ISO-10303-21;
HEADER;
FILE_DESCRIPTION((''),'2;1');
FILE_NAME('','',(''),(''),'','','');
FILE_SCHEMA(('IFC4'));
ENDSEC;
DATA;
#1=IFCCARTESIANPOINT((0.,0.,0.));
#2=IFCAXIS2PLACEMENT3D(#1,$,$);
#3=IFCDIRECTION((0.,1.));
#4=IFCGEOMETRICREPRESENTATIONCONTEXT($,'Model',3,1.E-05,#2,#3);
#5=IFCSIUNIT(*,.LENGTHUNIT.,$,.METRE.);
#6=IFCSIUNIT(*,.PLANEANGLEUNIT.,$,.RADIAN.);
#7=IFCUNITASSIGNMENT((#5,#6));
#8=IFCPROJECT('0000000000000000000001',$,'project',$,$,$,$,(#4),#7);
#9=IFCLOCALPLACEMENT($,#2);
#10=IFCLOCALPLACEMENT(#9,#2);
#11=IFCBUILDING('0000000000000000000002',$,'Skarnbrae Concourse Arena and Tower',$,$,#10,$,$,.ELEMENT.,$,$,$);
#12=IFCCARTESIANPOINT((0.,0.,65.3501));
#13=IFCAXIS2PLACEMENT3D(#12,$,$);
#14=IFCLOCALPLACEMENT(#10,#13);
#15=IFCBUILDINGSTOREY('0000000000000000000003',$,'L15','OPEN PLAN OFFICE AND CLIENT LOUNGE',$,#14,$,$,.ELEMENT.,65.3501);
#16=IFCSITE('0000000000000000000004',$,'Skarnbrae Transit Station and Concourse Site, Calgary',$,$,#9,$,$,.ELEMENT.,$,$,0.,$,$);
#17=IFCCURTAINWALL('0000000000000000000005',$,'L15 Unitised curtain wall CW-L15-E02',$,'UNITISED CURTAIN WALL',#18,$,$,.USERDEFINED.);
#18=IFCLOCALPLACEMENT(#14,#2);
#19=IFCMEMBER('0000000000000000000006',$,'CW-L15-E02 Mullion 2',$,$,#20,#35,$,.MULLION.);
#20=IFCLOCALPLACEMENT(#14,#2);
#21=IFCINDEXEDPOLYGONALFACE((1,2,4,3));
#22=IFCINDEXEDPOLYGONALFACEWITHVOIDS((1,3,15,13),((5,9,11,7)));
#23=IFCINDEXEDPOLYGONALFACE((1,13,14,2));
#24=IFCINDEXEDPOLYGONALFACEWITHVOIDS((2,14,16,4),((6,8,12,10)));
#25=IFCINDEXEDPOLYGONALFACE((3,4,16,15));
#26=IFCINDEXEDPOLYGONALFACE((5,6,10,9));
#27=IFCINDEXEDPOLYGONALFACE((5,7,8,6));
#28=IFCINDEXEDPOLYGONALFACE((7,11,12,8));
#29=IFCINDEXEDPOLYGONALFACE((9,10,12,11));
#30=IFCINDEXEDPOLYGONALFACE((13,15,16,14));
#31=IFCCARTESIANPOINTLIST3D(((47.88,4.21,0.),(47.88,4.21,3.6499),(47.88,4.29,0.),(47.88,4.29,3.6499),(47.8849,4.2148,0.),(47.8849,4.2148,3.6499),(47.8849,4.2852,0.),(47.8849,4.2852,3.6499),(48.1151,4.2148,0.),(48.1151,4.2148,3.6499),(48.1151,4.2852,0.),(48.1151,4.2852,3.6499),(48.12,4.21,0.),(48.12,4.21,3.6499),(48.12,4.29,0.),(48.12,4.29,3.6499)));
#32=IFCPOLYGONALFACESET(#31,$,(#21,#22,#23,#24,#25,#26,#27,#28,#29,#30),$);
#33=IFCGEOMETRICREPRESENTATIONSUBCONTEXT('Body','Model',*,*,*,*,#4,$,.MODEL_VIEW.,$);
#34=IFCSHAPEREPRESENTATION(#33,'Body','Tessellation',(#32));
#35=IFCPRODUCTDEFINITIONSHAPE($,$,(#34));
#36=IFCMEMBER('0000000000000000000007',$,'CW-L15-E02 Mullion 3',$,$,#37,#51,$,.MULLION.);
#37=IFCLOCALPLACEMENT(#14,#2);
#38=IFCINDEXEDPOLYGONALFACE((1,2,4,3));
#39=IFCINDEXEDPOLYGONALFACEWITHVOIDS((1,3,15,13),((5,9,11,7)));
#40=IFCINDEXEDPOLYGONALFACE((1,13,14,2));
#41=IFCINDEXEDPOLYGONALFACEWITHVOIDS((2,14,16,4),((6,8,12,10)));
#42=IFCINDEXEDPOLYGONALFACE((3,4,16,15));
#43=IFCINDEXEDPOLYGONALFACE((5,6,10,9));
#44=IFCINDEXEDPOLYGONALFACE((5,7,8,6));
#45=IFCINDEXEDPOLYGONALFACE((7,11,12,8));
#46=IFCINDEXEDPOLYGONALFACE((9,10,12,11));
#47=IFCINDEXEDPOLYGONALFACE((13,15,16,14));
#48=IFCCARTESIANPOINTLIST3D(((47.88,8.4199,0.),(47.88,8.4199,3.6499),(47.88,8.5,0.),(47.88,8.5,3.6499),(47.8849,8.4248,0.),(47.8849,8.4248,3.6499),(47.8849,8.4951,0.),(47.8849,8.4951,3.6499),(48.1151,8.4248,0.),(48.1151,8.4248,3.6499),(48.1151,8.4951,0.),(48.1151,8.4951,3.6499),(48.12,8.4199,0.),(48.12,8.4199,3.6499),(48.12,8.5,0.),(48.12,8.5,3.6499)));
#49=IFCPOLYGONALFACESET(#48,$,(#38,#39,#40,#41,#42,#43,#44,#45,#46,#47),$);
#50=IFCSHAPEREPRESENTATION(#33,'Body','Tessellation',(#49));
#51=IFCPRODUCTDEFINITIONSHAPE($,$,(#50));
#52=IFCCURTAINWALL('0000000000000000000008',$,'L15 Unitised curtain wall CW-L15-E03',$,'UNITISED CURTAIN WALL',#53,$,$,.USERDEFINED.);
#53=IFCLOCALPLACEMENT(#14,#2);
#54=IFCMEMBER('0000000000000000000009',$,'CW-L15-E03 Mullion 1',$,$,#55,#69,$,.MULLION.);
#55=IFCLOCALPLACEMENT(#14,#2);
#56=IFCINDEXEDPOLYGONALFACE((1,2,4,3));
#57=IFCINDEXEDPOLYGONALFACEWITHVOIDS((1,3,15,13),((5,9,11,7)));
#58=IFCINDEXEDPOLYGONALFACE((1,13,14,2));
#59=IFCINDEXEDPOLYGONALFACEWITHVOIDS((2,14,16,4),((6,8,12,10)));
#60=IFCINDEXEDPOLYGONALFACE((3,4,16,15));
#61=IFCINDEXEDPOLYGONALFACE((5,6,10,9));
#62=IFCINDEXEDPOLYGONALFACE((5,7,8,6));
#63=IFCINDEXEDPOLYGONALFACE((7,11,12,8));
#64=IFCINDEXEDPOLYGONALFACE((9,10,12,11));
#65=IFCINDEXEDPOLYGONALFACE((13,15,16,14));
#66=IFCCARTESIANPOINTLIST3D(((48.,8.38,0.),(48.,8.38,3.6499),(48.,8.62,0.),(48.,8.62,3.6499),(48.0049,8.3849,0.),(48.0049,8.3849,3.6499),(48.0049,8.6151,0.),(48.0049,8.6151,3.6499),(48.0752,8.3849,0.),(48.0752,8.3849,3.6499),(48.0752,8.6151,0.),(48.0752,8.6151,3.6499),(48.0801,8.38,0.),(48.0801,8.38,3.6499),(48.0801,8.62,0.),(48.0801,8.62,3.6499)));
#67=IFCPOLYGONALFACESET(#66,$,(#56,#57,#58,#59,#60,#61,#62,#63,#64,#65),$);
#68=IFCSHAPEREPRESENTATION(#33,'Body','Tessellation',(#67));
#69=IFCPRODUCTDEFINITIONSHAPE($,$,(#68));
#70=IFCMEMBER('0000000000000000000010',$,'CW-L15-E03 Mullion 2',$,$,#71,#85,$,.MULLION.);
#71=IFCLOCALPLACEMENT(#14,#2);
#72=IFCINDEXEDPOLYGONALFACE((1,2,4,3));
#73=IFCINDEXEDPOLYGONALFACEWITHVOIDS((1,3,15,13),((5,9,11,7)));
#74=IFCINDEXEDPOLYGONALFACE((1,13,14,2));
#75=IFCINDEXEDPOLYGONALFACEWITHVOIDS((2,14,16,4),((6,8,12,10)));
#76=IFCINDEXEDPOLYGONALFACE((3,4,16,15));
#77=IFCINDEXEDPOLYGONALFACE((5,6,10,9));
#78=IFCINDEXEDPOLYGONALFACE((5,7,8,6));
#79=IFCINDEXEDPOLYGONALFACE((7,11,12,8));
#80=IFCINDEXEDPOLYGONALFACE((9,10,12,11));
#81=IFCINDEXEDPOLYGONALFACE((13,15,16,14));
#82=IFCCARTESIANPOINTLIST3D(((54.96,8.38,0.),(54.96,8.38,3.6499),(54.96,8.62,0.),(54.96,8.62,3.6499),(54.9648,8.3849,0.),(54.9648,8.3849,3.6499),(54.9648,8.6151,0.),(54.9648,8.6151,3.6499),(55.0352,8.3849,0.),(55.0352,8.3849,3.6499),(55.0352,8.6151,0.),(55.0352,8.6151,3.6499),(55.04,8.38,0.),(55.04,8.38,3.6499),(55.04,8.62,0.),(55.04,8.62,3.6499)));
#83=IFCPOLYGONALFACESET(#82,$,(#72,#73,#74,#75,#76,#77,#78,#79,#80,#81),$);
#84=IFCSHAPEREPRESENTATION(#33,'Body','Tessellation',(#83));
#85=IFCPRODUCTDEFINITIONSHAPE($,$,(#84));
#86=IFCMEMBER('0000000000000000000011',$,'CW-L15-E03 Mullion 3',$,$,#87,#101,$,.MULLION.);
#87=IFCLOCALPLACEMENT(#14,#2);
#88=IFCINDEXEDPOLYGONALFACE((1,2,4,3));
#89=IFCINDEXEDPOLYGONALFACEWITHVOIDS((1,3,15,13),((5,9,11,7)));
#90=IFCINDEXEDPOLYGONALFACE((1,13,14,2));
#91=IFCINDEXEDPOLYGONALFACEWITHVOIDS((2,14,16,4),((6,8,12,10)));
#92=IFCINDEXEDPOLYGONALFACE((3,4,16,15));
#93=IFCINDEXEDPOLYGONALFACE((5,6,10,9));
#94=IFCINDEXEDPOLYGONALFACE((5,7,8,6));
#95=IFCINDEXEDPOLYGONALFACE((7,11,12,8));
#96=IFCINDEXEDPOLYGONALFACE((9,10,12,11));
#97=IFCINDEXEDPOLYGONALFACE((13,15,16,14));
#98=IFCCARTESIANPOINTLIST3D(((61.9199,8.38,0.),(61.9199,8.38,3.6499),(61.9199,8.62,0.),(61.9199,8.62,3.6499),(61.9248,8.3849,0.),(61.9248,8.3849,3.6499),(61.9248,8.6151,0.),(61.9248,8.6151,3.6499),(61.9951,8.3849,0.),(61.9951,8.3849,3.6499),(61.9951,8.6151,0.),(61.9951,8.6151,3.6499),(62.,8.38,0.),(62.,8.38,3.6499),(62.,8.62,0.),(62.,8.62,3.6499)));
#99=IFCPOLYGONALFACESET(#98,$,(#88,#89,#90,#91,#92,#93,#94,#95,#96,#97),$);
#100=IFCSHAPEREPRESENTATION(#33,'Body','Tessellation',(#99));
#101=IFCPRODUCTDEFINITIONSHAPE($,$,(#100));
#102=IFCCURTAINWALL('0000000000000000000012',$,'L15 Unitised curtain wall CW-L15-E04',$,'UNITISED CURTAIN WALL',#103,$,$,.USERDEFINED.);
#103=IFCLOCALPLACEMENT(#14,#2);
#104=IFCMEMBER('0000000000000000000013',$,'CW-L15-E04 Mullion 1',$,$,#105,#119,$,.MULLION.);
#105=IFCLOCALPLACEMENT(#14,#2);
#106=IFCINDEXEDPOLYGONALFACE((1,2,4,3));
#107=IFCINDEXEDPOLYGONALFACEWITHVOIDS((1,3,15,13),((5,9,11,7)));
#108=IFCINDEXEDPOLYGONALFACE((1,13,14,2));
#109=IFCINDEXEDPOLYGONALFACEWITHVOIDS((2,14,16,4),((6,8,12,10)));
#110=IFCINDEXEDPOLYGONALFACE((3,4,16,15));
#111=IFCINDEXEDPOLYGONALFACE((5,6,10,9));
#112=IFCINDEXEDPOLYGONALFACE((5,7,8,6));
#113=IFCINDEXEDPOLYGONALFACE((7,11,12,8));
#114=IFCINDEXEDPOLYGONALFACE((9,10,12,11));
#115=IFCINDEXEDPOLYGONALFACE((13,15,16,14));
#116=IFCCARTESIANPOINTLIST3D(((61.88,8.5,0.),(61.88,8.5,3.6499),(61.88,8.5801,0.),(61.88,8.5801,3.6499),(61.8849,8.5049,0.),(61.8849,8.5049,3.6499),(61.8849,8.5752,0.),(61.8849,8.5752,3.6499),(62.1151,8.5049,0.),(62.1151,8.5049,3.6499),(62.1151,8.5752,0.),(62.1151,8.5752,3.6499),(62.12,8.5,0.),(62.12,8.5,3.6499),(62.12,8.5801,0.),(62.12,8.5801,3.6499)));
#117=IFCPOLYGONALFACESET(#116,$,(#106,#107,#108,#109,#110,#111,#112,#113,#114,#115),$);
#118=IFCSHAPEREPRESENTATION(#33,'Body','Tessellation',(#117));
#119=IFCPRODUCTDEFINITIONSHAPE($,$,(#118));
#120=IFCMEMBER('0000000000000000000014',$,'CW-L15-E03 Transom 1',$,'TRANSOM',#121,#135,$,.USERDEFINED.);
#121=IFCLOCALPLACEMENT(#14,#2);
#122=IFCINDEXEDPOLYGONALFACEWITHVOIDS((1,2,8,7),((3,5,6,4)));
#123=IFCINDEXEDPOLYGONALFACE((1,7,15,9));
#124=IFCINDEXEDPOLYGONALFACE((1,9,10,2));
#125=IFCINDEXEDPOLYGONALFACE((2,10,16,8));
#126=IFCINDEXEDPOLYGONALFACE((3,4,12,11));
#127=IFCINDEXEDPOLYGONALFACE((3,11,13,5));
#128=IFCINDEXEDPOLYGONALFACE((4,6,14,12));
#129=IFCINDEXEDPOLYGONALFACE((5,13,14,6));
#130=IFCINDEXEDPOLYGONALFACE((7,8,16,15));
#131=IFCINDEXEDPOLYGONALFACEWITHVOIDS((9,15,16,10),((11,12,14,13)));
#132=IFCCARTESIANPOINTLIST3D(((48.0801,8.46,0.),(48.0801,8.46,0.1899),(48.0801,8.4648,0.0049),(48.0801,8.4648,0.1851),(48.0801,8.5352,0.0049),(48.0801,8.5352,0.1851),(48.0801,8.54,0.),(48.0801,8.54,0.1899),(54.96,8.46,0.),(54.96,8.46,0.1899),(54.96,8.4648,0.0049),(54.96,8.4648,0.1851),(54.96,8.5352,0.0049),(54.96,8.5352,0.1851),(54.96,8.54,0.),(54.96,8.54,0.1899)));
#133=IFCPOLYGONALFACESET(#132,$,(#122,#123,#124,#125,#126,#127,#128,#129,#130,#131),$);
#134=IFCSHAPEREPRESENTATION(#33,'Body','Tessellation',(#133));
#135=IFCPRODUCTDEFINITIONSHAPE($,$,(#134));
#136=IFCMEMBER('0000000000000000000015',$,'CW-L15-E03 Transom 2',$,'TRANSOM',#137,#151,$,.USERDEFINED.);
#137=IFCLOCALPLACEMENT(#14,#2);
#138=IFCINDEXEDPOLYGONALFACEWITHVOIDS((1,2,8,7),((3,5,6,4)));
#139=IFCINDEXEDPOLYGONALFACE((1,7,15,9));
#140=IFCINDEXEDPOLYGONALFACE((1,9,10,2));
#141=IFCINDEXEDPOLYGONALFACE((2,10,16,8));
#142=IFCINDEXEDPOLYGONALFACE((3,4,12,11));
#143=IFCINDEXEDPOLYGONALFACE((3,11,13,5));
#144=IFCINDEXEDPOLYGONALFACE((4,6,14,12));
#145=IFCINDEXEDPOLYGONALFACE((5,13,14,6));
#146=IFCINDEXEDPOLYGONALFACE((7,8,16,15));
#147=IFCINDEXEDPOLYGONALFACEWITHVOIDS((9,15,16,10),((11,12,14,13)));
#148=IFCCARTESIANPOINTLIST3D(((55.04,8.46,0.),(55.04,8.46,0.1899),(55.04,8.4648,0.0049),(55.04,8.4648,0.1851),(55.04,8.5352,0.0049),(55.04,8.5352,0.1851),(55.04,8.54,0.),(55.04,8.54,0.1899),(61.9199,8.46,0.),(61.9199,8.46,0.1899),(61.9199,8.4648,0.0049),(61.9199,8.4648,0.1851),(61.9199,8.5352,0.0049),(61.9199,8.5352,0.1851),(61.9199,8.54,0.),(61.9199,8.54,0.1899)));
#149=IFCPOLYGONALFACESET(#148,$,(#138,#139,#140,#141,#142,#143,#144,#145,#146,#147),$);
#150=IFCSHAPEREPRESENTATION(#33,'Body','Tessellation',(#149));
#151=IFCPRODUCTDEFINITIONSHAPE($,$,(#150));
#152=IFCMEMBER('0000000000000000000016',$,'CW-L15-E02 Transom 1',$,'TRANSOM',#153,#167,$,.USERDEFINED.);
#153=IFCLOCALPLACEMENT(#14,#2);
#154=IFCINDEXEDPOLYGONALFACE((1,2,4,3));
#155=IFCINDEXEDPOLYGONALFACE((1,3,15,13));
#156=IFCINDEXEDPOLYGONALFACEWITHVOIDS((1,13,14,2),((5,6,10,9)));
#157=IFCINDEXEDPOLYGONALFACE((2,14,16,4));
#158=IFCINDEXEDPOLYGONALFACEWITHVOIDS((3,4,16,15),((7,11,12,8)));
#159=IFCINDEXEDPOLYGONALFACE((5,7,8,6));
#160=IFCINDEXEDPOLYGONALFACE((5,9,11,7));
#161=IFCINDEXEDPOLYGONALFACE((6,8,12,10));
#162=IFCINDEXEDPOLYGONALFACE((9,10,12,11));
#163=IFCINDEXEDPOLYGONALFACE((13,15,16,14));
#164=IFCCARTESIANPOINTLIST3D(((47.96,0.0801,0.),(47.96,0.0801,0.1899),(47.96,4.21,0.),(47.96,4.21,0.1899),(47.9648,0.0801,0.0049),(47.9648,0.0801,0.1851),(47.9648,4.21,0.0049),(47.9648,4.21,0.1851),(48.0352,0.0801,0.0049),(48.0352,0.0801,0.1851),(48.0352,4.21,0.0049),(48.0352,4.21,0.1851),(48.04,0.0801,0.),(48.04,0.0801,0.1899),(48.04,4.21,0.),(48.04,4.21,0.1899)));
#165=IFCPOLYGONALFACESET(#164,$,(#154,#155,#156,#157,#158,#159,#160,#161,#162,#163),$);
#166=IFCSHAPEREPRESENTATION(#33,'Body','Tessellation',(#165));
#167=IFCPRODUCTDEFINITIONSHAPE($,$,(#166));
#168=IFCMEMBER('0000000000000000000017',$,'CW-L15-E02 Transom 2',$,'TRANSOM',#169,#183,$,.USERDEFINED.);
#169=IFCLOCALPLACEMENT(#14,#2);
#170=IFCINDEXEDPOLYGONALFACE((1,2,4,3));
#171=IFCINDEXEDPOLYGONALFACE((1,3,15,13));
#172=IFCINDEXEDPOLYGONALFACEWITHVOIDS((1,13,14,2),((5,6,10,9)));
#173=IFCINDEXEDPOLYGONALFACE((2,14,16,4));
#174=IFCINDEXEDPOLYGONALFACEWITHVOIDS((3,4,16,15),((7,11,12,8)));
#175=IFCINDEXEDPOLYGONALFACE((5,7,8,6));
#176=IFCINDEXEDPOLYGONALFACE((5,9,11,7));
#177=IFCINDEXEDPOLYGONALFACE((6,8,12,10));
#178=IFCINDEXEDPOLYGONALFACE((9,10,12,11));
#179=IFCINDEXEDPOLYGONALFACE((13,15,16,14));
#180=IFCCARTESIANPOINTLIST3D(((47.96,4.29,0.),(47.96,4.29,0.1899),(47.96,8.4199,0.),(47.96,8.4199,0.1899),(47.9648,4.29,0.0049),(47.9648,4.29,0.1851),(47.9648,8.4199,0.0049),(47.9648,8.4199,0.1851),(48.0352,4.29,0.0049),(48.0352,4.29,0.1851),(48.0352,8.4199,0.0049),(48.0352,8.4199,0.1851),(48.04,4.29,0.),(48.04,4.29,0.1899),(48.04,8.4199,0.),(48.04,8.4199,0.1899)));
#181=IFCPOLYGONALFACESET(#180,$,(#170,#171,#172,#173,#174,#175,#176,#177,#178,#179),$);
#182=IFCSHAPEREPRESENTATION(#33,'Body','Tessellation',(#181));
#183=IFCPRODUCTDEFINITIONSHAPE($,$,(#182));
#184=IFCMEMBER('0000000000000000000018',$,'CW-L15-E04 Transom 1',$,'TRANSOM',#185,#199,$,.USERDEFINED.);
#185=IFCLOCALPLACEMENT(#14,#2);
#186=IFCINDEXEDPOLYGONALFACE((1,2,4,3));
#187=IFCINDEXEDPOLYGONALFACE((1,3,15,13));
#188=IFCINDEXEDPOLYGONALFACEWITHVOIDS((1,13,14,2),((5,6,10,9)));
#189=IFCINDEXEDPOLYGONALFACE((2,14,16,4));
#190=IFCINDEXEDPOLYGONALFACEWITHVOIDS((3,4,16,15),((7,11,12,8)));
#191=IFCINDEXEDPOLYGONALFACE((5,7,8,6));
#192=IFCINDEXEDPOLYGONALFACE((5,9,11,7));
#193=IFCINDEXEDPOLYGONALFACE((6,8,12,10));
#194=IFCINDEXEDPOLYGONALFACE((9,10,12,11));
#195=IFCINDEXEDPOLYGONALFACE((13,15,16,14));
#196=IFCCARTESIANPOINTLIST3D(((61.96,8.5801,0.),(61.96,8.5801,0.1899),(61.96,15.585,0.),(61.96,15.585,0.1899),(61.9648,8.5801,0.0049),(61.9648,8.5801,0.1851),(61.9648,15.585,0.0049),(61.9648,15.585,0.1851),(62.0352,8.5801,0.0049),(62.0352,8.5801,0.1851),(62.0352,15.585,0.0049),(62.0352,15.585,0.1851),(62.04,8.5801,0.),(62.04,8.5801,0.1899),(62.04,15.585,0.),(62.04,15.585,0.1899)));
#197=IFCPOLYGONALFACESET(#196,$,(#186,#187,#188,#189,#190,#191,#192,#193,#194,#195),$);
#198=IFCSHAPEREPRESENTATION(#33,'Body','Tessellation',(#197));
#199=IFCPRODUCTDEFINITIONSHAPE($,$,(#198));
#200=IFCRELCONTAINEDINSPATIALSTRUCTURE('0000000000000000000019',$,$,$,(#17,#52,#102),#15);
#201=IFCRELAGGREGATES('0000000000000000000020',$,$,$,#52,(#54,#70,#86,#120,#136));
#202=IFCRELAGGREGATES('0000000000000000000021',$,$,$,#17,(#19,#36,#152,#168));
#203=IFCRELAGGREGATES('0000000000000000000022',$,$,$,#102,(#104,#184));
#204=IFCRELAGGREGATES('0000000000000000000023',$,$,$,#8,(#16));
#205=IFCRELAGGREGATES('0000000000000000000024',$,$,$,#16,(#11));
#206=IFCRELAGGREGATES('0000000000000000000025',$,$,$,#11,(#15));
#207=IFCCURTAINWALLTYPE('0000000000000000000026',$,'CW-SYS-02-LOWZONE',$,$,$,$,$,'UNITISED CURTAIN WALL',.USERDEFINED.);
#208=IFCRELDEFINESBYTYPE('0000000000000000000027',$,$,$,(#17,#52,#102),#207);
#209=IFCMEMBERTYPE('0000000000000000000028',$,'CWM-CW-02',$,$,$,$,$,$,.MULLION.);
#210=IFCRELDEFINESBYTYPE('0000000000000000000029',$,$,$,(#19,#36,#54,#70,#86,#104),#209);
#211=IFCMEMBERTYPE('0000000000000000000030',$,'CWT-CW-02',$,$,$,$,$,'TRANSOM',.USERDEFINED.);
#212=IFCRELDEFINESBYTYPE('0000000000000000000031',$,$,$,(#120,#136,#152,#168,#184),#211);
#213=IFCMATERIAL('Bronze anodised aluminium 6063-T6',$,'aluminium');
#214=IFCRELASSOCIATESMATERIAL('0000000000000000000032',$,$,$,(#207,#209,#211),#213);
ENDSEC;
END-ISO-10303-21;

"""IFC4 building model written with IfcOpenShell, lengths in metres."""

from ifc_helpers import new_model, si_unit, direction, frame, origin, origin_2d, place, context, subcontext, project, spatial, hollow_rectangle, extrude, source, transform, mapped, material, material_profile, profile_set, type_object, element, aggregate, save


model = new_model("IFC4")

# Units and contexts
model_context = context("Model", 3, precision=1e-05, world=origin(), true_north=direction((0.0, 1.0)))
body_context = subcontext(model_context, "Body", "Model", "MODEL_VIEW")
ifc_project = project(units=[si_unit("LENGTHUNIT", "METRE"), si_unit("PLANEANGLEUNIT", "RADIAN")], contexts=[model_context])

# Site, building, storey
site_placement = place(None, origin())
site = spatial("IfcSite", under=ifc_project, at=site_placement, Name="Skarnbrae Transit Station and Concourse Site, Calgary", CompositionType="ELEMENT", RefElevation=0.0)
building_placement = place(site_placement, origin())
building = spatial("IfcBuilding", under=site, at=building_placement, Name="Skarnbrae Concourse Arena and Tower", CompositionType="ELEMENT")
storey_placement = place(building_placement, frame((0.0, 0.0, 65.3501)))
storey = spatial("IfcBuildingStorey", under=building, at=storey_placement, Name="L15", Description="OPEN PLAN OFFICE AND CLIENT LOUNGE", CompositionType="ELEMENT", Elevation=65.3501)

# Shared definitions
ifc_material_1 = material(Name="Bronze anodised aluminium 6063-T6", Category="aluminium")
curtain_wall_type = type_object("IfcCurtainWallType", Name="CW-SYS-02-LOWZONE", ElementType="UNITISED CURTAIN WALL", PredefinedType="USERDEFINED", material=ifc_material_1)
ifc_material_profile_1 = material_profile(ifc_material_1, hollow_rectangle(XDim=0.0801, YDim=0.24, WallThickness=0.0049, at=origin_2d()), Name="ALU-MULL-80X240")
ifc_profile_set_1 = profile_set([ifc_material_profile_1], Name="Bronze anodised aluminium 6063-T6")
member_type_1 = type_object("IfcMemberType", Name="CWM-CW-02", PredefinedType="MULLION", material=ifc_profile_set_1)
shared_shape_1 = source(origin(), body_context, "Body", "SweptSolid", [
    extrude(hollow_rectangle(XDim=0.0801, YDim=0.24, WallThickness=0.0049, at=origin_2d()), origin(), (0.0, 0.0, 1.0), 3.6499),
])

# Curtain walls, members
curtain_wall_1_placement = place(storey_placement, origin())
curtain_wall_1 = element("IfcCurtainWall", 1, at=curtain_wall_1_placement, inside=storey, type_object=curtain_wall_type, Name="L15 Unitised curtain wall CW-L15-E02", ObjectType="UNITISED CURTAIN WALL", PredefinedType="USERDEFINED")
member_1_placement = place(storey_placement, frame((48.0, 4.25, 0.0), z_axis=(0.0, 0.0, 1.0), x_axis=(0.0, 1.0, 0.0)))
member_1 = element("IfcMember", 2, at=member_1_placement, type_object=member_type_1, Name="CW-L15-E02 Mullion 2", PredefinedType="MULLION", context=body_context, shape_type="MappedRepresentation", body=[
    mapped(shared_shape_1, transform((0.0, 0.0, 0.0))),
])
member_2_placement = place(storey_placement, frame((48.0, 8.46, 0.0), z_axis=(0.0, 0.0, 1.0), x_axis=(0.0, 1.0, 0.0)))
member_2 = element("IfcMember", 3, at=member_2_placement, type_object=member_type_1, Name="CW-L15-E02 Mullion 3", PredefinedType="MULLION", context=body_context, shape_type="MappedRepresentation", body=[
    mapped(shared_shape_1, transform((0.0, 0.0, 0.0))),
])
curtain_wall_2_placement = place(storey_placement, origin())
curtain_wall_2 = element("IfcCurtainWall", 4, at=curtain_wall_2_placement, inside=storey, type_object=curtain_wall_type, Name="L15 Unitised curtain wall CW-L15-E03", ObjectType="UNITISED CURTAIN WALL", PredefinedType="USERDEFINED")
member_3_placement = place(storey_placement, frame((48.04, 8.5, 0.0), z_axis=(0.0, 0.0, 1.0), x_axis=(1.0, 0.0, 0.0)))
member_3 = element("IfcMember", 5, at=member_3_placement, type_object=member_type_1, Name="CW-L15-E03 Mullion 1", PredefinedType="MULLION", context=body_context, shape_type="MappedRepresentation", body=[
    mapped(shared_shape_1, transform((0.0, 0.0, 0.0))),
])
member_4_placement = place(storey_placement, frame((55.0, 8.5, 0.0), z_axis=(0.0, 0.0, 1.0), x_axis=(1.0, 0.0, 0.0)))
member_4 = element("IfcMember", 6, at=member_4_placement, type_object=member_type_1, Name="CW-L15-E03 Mullion 2", PredefinedType="MULLION", context=body_context, shape_type="MappedRepresentation", body=[
    mapped(shared_shape_1, transform((0.0, 0.0, 0.0))),
])
member_5_placement = place(storey_placement, frame((61.96, 8.5, 0.0), z_axis=(0.0, 0.0, 1.0), x_axis=(1.0, 0.0, 0.0)))
member_5 = element("IfcMember", 7, at=member_5_placement, type_object=member_type_1, Name="CW-L15-E03 Mullion 3", PredefinedType="MULLION", context=body_context, shape_type="MappedRepresentation", body=[
    mapped(shared_shape_1, transform((0.0, 0.0, 0.0))),
])

# Curtain wall, member
curtain_wall_3_placement = place(storey_placement, origin())
curtain_wall_3 = element("IfcCurtainWall", 8, at=curtain_wall_3_placement, inside=storey, type_object=curtain_wall_type, Name="L15 Unitised curtain wall CW-L15-E04", ObjectType="UNITISED CURTAIN WALL", PredefinedType="USERDEFINED")
member_6_placement = place(storey_placement, frame((62.0, 8.54, 0.0), z_axis=(0.0, 0.0, 1.0), x_axis=(0.0, 1.0, 0.0)))
member_6 = element("IfcMember", 9, at=member_6_placement, type_object=member_type_1, Name="CW-L15-E04 Mullion 1", PredefinedType="MULLION", context=body_context, shape_type="MappedRepresentation", body=[
    mapped(shared_shape_1, transform((0.0, 0.0, 0.0))),
])

# Members
ifc_material_profile_2 = material_profile(ifc_material_1, hollow_rectangle(XDim=0.0801, YDim=0.1899, WallThickness=0.0049, at=origin_2d()), Name="ALU-TRAN-80X190")
ifc_profile_set_2 = profile_set([ifc_material_profile_2], Name="Bronze anodised aluminium 6063-T6")
member_type_2 = type_object("IfcMemberType", Name="CWT-CW-02", ElementType="TRANSOM", PredefinedType="USERDEFINED", material=ifc_profile_set_2)
shared_shape_2 = source(origin(), body_context, "Body", "SweptSolid", [
    extrude(hollow_rectangle(XDim=0.0801, YDim=0.1899, WallThickness=0.0049, at=origin_2d()), origin(), (0.0, 0.0, 1.0), 6.8799),
])
member_7_placement = place(storey_placement, frame((48.0801, 8.5, 0.095), z_axis=(1.0, 0.0, 0.0), x_axis=(0.0, 1.0, 0.0)))
member_7 = element("IfcMember", 10, at=member_7_placement, type_object=member_type_2, Name="CW-L15-E03 Transom 1", ObjectType="TRANSOM", PredefinedType="USERDEFINED", context=body_context, shape_type="MappedRepresentation", body=[
    mapped(shared_shape_2, transform((0.0, 0.0, 0.0))),
])
member_8_placement = place(storey_placement, frame((55.04, 8.5, 0.095), z_axis=(1.0, 0.0, 0.0), x_axis=(0.0, 1.0, 0.0)))
member_8 = element("IfcMember", 11, at=member_8_placement, type_object=member_type_2, Name="CW-L15-E03 Transom 2", ObjectType="TRANSOM", PredefinedType="USERDEFINED", context=body_context, shape_type="MappedRepresentation", body=[
    mapped(shared_shape_2, transform((0.0, 0.0, 0.0))),
])
shared_shape_3 = source(origin(), body_context, "Body", "SweptSolid", [
    extrude(hollow_rectangle(XDim=0.0801, YDim=0.1899, WallThickness=0.0049, at=origin_2d()), origin(), (0.0, 0.0, 1.0), 4.1299),
])
member_9_placement = place(storey_placement, frame((48.0, 0.0801, 0.095), z_axis=(0.0, 1.0, 0.0), x_axis=(-1.0, 0.0, 0.0)))
member_9 = element("IfcMember", 12, at=member_9_placement, type_object=member_type_2, Name="CW-L15-E02 Transom 1", ObjectType="TRANSOM", PredefinedType="USERDEFINED", context=body_context, shape_type="MappedRepresentation", body=[
    mapped(shared_shape_3, transform((0.0, 0.0, 0.0))),
])
member_10_placement = place(storey_placement, frame((48.0, 4.29, 0.095), z_axis=(0.0, 1.0, 0.0), x_axis=(-1.0, 0.0, 0.0)))
member_10 = element("IfcMember", 13, at=member_10_placement, type_object=member_type_2, Name="CW-L15-E02 Transom 2", ObjectType="TRANSOM", PredefinedType="USERDEFINED", context=body_context, shape_type="MappedRepresentation", body=[
    mapped(shared_shape_3, transform((0.0, 0.0, 0.0))),
])
shared_shape_4 = source(origin(), body_context, "Body", "SweptSolid", [
    extrude(hollow_rectangle(XDim=0.0801, YDim=0.1899, WallThickness=0.0049, at=origin_2d()), origin(), (0.0, 0.0, 1.0), 7.0049),
])
member_11_placement = place(storey_placement, frame((62.0, 8.5801, 0.095), z_axis=(0.0, 1.0, 0.0), x_axis=(-1.0, 0.0, 0.0)))
member_11 = element("IfcMember", 14, at=member_11_placement, type_object=member_type_2, Name="CW-L15-E04 Transom 1", ObjectType="TRANSOM", PredefinedType="USERDEFINED", context=body_context, shape_type="MappedRepresentation", body=[
    mapped(shared_shape_4, transform((0.0, 0.0, 0.0))),
])

aggregate(curtain_wall_2, [member_3, member_4, member_5, member_7, member_8])
aggregate(curtain_wall_1, [member_1, member_2, member_9, member_10])
aggregate(curtain_wall_3, [member_6, member_11])

save(model, "model.ifc")
